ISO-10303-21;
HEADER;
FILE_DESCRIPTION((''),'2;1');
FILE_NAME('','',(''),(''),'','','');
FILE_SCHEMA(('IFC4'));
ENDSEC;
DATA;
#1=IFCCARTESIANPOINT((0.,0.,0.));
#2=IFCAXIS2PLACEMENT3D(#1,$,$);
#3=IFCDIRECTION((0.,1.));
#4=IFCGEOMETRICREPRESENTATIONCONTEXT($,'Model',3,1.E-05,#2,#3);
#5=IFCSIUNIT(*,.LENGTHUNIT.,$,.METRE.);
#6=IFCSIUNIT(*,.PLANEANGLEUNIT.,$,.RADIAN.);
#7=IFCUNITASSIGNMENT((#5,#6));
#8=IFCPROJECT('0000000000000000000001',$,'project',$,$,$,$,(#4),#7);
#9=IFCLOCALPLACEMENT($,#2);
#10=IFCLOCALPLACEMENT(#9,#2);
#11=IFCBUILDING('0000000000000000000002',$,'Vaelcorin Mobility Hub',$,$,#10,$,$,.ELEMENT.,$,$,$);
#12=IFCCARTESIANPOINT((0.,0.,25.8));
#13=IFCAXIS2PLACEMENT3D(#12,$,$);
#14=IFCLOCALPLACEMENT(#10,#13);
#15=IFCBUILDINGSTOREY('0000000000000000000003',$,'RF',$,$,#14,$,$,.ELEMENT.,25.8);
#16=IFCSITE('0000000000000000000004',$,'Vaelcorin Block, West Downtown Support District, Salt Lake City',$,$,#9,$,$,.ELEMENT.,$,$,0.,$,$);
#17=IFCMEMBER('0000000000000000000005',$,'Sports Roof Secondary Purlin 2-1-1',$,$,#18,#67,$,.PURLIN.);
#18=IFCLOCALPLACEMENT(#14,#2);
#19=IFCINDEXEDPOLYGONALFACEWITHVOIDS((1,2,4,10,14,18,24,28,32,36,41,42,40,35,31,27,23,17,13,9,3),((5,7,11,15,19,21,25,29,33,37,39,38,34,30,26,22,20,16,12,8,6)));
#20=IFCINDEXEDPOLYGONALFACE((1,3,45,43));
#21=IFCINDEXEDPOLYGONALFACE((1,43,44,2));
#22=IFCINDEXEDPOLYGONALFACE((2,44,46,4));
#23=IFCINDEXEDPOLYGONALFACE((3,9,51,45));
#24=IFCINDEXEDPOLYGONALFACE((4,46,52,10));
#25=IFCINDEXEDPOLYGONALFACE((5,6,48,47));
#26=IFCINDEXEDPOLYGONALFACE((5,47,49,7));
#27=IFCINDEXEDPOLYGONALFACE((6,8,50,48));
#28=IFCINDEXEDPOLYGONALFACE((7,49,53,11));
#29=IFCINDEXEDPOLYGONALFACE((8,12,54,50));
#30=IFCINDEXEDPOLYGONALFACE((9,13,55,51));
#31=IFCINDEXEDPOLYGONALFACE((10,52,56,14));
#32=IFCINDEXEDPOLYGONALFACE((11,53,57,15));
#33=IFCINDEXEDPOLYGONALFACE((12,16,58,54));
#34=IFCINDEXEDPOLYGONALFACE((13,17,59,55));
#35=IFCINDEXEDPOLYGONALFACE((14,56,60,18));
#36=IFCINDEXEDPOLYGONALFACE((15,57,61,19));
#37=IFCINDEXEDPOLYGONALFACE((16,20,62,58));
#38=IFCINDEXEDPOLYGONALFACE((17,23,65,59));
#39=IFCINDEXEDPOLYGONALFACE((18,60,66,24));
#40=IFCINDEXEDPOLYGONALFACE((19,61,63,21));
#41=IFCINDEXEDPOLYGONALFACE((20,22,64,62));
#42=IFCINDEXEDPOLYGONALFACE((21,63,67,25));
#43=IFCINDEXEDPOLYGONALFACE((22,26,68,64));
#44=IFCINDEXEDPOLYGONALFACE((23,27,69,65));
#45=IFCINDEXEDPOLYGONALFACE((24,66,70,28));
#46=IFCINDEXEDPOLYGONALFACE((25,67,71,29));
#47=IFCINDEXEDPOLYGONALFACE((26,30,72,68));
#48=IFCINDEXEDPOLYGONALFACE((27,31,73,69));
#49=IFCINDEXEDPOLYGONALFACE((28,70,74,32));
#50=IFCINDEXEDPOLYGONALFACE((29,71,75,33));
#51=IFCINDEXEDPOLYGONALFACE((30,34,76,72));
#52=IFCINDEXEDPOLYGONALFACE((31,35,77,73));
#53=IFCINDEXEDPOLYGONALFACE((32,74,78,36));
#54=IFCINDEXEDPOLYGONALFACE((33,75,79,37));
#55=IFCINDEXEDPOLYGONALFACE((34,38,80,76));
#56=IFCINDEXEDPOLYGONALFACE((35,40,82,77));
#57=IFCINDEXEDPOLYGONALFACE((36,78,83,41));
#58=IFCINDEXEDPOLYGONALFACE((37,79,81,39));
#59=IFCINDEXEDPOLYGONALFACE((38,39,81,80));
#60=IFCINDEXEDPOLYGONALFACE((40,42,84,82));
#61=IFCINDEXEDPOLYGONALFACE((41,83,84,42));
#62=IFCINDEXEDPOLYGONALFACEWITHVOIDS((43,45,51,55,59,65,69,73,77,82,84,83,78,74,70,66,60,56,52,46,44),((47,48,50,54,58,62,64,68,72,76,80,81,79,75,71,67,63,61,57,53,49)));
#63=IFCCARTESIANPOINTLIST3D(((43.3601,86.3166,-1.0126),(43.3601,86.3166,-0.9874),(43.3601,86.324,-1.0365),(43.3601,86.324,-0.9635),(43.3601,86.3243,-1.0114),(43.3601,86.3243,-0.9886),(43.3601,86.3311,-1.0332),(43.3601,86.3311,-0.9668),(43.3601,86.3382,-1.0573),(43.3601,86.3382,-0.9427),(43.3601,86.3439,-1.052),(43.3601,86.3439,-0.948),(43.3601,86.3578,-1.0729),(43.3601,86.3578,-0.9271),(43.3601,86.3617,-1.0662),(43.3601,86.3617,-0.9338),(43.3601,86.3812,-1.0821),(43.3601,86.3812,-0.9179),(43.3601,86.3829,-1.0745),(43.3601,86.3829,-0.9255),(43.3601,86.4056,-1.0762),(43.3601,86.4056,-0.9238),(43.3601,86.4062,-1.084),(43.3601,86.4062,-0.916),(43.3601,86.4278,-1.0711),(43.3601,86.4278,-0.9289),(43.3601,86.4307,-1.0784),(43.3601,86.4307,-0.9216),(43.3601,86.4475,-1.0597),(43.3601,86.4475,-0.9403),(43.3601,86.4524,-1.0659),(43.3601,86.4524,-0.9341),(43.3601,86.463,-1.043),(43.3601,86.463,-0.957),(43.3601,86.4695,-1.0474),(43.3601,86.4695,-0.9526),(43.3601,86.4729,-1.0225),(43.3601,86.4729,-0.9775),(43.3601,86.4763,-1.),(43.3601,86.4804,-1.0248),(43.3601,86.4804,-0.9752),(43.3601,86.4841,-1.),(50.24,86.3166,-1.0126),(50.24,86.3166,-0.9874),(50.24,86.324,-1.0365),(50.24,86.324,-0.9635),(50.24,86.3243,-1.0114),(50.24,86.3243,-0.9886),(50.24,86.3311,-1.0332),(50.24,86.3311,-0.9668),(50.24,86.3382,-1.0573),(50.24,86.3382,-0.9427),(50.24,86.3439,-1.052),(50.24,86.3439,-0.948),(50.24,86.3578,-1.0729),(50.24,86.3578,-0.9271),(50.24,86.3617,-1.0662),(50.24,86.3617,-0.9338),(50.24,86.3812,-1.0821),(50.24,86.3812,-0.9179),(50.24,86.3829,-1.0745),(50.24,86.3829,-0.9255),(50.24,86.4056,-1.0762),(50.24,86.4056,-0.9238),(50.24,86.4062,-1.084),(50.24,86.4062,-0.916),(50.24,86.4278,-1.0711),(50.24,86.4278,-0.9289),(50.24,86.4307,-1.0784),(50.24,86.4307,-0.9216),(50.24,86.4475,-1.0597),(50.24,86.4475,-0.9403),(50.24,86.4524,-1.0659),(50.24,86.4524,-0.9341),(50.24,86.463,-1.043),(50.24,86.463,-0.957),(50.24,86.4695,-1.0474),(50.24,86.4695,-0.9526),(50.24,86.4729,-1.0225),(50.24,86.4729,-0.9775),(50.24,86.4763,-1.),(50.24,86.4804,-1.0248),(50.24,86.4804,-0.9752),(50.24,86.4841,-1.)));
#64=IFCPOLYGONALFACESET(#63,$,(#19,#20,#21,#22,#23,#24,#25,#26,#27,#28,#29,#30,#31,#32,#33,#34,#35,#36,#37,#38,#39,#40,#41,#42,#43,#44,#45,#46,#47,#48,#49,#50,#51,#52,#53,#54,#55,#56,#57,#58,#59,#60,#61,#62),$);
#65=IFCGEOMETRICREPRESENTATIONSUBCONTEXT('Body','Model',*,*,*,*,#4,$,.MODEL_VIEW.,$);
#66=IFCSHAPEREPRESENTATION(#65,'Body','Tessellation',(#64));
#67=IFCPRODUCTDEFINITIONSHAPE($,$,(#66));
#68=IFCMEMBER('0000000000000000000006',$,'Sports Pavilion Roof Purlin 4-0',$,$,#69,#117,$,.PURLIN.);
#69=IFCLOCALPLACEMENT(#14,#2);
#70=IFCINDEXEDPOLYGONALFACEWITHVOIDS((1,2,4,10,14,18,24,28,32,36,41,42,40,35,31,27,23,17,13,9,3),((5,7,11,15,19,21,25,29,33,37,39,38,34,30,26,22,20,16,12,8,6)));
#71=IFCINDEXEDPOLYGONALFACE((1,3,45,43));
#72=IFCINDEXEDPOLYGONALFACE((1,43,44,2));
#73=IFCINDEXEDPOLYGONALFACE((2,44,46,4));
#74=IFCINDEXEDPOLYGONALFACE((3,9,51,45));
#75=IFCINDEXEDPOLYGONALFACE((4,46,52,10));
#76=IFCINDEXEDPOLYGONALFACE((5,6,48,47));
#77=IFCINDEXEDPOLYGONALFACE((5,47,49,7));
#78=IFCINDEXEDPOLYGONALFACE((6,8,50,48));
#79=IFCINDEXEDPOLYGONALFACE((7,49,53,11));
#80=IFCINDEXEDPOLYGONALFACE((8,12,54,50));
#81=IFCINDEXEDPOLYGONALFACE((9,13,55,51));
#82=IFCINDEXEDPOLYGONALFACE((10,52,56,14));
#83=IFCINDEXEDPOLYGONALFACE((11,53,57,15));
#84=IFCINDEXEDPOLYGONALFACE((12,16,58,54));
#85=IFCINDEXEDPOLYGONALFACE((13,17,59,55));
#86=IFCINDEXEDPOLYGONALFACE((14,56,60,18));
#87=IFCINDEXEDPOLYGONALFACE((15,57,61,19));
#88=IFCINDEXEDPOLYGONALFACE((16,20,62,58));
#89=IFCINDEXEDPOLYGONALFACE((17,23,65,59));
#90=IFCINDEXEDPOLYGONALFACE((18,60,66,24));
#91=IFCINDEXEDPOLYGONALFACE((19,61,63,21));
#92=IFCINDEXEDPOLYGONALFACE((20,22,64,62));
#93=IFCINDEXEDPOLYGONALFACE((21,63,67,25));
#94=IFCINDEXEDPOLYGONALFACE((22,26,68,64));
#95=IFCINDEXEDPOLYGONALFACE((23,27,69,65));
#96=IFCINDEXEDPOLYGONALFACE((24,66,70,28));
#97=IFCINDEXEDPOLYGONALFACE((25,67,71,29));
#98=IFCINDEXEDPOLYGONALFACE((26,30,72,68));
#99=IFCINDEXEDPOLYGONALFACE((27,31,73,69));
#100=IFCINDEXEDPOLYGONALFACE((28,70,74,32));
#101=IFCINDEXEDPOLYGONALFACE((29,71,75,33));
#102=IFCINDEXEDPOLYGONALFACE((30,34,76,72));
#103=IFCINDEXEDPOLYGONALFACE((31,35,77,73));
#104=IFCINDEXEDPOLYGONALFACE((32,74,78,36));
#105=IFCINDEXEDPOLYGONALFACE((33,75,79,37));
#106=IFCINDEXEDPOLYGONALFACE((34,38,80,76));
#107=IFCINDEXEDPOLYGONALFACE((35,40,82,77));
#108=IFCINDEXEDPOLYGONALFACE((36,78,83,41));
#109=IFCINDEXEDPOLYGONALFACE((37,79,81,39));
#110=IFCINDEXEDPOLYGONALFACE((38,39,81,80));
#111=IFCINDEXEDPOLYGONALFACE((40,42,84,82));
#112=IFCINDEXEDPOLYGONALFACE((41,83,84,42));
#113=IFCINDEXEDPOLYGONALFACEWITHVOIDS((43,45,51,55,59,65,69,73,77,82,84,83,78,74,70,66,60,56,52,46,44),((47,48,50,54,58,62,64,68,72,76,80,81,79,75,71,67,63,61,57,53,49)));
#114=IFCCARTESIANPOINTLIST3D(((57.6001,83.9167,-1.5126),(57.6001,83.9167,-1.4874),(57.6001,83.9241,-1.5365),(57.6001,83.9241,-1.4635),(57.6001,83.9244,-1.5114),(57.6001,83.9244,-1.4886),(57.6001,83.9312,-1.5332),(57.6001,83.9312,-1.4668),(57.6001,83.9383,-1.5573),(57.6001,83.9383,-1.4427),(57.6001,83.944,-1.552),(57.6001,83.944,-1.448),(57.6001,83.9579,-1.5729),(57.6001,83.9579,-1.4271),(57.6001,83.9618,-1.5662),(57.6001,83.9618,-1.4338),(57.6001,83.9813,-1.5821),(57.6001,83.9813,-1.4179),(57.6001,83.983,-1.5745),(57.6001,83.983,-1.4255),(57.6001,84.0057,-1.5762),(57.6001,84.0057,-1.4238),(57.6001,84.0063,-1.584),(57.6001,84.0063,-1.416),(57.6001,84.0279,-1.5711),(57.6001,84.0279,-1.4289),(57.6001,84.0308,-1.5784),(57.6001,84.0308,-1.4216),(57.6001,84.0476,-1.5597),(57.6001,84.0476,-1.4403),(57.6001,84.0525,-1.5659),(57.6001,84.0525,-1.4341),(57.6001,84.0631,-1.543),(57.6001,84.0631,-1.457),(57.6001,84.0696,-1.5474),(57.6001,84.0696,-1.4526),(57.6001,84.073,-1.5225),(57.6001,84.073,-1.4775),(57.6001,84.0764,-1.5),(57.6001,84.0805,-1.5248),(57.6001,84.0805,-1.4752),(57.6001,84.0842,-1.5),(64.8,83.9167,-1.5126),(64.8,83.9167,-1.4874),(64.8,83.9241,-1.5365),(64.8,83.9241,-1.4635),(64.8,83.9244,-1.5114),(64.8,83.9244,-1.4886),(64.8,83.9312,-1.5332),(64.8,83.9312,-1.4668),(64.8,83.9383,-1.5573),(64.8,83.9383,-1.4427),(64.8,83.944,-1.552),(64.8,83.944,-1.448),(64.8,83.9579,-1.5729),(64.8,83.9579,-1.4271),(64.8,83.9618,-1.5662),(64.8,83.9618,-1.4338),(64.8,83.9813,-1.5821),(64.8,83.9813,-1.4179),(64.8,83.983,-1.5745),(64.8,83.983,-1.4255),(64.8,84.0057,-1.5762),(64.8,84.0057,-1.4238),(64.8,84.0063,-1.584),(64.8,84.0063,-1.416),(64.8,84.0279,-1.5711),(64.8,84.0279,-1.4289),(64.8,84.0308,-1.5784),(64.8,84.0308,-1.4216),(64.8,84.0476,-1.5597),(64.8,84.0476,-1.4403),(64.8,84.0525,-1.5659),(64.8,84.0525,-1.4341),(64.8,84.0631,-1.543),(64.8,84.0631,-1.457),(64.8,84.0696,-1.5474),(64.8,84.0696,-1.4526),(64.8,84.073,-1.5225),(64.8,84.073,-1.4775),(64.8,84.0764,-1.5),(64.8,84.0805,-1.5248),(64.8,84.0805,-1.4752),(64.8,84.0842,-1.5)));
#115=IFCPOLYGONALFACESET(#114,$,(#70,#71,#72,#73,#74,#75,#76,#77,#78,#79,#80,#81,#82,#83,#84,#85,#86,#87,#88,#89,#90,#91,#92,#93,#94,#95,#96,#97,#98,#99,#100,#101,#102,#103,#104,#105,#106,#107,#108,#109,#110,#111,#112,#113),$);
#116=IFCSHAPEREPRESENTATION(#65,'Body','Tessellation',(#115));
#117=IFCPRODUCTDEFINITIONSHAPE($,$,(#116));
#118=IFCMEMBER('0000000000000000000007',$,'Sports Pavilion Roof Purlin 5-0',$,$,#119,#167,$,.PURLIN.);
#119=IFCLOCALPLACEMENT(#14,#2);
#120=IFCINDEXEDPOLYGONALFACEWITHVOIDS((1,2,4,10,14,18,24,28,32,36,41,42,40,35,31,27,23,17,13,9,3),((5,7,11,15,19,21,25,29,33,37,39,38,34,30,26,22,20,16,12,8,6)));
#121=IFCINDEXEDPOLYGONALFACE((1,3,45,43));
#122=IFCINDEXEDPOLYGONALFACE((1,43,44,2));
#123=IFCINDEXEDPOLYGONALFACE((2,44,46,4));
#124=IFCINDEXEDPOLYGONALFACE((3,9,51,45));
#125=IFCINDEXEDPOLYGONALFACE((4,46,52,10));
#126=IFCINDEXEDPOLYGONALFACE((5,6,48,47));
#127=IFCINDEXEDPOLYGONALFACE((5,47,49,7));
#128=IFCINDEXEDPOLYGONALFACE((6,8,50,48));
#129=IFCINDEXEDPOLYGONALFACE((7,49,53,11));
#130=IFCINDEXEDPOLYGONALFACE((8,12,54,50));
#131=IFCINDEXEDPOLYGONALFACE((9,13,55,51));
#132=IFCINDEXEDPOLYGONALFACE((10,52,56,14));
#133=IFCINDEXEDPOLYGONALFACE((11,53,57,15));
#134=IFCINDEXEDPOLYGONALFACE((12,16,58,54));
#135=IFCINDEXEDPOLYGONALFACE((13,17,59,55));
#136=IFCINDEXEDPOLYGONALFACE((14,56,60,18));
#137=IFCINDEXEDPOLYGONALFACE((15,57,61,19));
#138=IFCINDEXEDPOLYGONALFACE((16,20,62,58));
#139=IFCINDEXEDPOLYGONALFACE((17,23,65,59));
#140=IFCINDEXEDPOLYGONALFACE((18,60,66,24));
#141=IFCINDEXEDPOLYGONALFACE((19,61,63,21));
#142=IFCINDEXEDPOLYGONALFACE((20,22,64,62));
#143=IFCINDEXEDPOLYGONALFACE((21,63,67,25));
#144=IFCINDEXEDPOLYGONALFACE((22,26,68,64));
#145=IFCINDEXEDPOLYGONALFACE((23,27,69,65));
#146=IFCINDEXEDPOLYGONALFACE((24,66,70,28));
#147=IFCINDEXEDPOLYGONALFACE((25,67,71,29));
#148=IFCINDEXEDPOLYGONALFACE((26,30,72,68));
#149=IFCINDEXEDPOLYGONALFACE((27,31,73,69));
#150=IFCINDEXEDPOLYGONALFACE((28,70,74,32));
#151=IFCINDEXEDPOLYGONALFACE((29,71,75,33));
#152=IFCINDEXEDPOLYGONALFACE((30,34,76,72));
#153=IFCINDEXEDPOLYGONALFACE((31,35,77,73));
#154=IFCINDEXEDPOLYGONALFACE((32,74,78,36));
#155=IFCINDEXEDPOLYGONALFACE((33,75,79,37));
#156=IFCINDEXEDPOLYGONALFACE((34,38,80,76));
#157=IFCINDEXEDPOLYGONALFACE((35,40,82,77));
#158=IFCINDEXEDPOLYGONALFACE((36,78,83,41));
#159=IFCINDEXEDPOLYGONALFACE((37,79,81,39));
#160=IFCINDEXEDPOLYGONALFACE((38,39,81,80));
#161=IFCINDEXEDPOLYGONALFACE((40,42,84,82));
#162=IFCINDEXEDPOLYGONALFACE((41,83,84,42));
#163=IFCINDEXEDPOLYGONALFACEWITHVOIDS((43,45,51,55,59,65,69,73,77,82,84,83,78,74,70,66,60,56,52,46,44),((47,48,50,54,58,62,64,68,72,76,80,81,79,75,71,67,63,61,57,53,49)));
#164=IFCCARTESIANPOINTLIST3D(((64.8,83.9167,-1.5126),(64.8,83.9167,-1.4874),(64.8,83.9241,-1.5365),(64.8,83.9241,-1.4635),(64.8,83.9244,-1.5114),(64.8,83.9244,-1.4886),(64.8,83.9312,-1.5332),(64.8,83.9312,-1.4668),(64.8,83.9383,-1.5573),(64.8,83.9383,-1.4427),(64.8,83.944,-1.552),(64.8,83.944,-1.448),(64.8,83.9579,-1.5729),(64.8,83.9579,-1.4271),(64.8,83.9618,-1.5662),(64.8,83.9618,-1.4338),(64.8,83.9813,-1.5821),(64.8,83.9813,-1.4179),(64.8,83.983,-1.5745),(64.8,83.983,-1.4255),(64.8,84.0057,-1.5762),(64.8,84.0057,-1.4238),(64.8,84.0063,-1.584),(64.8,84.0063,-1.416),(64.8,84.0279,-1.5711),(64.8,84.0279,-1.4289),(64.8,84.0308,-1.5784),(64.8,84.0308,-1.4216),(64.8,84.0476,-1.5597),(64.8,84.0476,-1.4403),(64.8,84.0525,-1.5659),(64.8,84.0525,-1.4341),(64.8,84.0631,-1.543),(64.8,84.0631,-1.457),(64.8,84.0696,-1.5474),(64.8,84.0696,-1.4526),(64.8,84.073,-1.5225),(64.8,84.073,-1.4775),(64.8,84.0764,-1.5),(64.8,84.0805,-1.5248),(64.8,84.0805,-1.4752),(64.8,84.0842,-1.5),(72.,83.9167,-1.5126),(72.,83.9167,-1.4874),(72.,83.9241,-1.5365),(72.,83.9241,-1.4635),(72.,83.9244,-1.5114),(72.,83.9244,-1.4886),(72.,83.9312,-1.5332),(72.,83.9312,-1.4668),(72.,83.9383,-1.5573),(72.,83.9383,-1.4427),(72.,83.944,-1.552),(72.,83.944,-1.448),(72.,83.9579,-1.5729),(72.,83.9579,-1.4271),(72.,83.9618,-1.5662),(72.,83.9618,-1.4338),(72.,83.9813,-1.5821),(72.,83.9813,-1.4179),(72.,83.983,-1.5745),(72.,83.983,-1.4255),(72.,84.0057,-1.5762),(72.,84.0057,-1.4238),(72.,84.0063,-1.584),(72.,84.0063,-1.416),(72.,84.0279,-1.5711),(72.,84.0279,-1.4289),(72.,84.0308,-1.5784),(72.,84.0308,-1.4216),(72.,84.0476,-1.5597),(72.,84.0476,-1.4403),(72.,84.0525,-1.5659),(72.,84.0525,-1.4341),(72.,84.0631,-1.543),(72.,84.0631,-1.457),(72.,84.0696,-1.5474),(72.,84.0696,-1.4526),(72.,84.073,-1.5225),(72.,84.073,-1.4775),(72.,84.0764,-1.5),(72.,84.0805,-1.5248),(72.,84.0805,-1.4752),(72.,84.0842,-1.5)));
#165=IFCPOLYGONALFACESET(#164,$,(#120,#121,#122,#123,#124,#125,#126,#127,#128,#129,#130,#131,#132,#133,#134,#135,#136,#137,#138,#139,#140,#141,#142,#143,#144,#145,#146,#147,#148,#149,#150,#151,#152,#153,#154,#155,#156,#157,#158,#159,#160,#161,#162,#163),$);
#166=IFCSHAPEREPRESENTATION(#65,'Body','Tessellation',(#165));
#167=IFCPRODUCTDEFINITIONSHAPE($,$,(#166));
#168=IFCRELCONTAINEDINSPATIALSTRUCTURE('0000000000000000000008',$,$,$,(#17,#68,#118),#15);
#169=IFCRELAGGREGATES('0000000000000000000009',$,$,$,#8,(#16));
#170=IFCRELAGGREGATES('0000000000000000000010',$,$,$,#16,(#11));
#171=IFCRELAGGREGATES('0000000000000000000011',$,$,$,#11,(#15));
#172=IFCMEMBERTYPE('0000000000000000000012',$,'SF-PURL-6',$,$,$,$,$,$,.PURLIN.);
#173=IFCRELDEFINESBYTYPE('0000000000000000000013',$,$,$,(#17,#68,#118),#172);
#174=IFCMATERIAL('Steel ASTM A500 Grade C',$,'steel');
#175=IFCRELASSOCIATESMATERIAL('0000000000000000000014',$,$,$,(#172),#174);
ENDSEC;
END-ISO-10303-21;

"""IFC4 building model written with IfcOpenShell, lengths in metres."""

from ifc_helpers import new_model, si_unit, direction, frame, origin, origin_2d, place, context, subcontext, project, spatial, hollow_circle, extrude, material, material_profile, profile_set, type_object, element, save


model = new_model("IFC4")

# Units and contexts
model_context = context("Model", 3, precision=1e-05, world=origin(), true_north=direction((0.0, 1.0)))
body_context = subcontext(model_context, "Body", "Model", "MODEL_VIEW")
ifc_project = project(units=[si_unit("LENGTHUNIT", "METRE"), si_unit("PLANEANGLEUNIT", "RADIAN")], contexts=[model_context])

# Site, building, storey
site_placement = place(None, origin())
site = spatial("IfcSite", under=ifc_project, at=site_placement, Name="Vaelcorin Block, West Downtown Support District, Salt Lake City", CompositionType="ELEMENT", RefElevation=0.0)
building_placement = place(site_placement, origin())
building = spatial("IfcBuilding", under=site, at=building_placement, Name="Vaelcorin Mobility Hub", CompositionType="ELEMENT")
storey_placement = place(building_placement, frame((0.0, 0.0, 25.8)))
storey = spatial("IfcBuildingStorey", under=building, at=storey_placement, Name="RF", CompositionType="ELEMENT", Elevation=25.8)

# Members
ifc_material_1 = material(Name="Steel ASTM A500 Grade C", Category="steel")
ifc_material_profile_1 = material_profile(ifc_material_1, hollow_circle(Radius=0.0842, WallThickness=0.0078, at=origin_2d()), Name="HSS6.625X0.312")
ifc_profile_set_1 = profile_set([ifc_material_profile_1], Name="Steel ASTM A500 Grade C")
member_type_1 = type_object("IfcMemberType", Name="SF-PURL-6", PredefinedType="PURLIN", material=ifc_profile_set_1)
member_1_placement = place(storey_placement, frame((43.3601, 86.3999, -1.0), z_axis=(1.0, 0.0, 0.0), x_axis=(0.0, 1.0, 0.0)))
element("IfcMember", 1, at=member_1_placement, inside=storey, type_object=member_type_1, Name="Sports Roof Secondary Purlin 2-1-1", PredefinedType="PURLIN", context=body_context, shape_type="SweptSolid", body=[
    extrude(hollow_circle(Radius=0.0842, WallThickness=0.0078, at=origin_2d()), origin(), (0.0, 0.0, 1.0), 6.8799),
])
for number, where, z_axis, x_axis, name in (
    (2, (57.6001, 84.0, -1.5), (1.0, 0.0, 0.0), (0.0, 1.0, 0.0), "Sports Pavilion Roof Purlin 4-0"),
    (3, (64.8, 84.0, -1.5), (1.0, 0.0, 0.0), (0.0, 1.0, 0.0), "Sports Pavilion Roof Purlin 5-0"),
):
    element("IfcMember", number, at=place(storey_placement, frame(where, z_axis=z_axis, x_axis=x_axis)), inside=storey, type_object=member_type_1, Name=name, PredefinedType="PURLIN", context=body_context, shape_type="SweptSolid", body=[
        extrude(hollow_circle(Radius=0.0842, WallThickness=0.0078, at=origin_2d()), origin(), (0.0, 0.0, 1.0), 7.2),
    ])

save(model, "model.ifc")
